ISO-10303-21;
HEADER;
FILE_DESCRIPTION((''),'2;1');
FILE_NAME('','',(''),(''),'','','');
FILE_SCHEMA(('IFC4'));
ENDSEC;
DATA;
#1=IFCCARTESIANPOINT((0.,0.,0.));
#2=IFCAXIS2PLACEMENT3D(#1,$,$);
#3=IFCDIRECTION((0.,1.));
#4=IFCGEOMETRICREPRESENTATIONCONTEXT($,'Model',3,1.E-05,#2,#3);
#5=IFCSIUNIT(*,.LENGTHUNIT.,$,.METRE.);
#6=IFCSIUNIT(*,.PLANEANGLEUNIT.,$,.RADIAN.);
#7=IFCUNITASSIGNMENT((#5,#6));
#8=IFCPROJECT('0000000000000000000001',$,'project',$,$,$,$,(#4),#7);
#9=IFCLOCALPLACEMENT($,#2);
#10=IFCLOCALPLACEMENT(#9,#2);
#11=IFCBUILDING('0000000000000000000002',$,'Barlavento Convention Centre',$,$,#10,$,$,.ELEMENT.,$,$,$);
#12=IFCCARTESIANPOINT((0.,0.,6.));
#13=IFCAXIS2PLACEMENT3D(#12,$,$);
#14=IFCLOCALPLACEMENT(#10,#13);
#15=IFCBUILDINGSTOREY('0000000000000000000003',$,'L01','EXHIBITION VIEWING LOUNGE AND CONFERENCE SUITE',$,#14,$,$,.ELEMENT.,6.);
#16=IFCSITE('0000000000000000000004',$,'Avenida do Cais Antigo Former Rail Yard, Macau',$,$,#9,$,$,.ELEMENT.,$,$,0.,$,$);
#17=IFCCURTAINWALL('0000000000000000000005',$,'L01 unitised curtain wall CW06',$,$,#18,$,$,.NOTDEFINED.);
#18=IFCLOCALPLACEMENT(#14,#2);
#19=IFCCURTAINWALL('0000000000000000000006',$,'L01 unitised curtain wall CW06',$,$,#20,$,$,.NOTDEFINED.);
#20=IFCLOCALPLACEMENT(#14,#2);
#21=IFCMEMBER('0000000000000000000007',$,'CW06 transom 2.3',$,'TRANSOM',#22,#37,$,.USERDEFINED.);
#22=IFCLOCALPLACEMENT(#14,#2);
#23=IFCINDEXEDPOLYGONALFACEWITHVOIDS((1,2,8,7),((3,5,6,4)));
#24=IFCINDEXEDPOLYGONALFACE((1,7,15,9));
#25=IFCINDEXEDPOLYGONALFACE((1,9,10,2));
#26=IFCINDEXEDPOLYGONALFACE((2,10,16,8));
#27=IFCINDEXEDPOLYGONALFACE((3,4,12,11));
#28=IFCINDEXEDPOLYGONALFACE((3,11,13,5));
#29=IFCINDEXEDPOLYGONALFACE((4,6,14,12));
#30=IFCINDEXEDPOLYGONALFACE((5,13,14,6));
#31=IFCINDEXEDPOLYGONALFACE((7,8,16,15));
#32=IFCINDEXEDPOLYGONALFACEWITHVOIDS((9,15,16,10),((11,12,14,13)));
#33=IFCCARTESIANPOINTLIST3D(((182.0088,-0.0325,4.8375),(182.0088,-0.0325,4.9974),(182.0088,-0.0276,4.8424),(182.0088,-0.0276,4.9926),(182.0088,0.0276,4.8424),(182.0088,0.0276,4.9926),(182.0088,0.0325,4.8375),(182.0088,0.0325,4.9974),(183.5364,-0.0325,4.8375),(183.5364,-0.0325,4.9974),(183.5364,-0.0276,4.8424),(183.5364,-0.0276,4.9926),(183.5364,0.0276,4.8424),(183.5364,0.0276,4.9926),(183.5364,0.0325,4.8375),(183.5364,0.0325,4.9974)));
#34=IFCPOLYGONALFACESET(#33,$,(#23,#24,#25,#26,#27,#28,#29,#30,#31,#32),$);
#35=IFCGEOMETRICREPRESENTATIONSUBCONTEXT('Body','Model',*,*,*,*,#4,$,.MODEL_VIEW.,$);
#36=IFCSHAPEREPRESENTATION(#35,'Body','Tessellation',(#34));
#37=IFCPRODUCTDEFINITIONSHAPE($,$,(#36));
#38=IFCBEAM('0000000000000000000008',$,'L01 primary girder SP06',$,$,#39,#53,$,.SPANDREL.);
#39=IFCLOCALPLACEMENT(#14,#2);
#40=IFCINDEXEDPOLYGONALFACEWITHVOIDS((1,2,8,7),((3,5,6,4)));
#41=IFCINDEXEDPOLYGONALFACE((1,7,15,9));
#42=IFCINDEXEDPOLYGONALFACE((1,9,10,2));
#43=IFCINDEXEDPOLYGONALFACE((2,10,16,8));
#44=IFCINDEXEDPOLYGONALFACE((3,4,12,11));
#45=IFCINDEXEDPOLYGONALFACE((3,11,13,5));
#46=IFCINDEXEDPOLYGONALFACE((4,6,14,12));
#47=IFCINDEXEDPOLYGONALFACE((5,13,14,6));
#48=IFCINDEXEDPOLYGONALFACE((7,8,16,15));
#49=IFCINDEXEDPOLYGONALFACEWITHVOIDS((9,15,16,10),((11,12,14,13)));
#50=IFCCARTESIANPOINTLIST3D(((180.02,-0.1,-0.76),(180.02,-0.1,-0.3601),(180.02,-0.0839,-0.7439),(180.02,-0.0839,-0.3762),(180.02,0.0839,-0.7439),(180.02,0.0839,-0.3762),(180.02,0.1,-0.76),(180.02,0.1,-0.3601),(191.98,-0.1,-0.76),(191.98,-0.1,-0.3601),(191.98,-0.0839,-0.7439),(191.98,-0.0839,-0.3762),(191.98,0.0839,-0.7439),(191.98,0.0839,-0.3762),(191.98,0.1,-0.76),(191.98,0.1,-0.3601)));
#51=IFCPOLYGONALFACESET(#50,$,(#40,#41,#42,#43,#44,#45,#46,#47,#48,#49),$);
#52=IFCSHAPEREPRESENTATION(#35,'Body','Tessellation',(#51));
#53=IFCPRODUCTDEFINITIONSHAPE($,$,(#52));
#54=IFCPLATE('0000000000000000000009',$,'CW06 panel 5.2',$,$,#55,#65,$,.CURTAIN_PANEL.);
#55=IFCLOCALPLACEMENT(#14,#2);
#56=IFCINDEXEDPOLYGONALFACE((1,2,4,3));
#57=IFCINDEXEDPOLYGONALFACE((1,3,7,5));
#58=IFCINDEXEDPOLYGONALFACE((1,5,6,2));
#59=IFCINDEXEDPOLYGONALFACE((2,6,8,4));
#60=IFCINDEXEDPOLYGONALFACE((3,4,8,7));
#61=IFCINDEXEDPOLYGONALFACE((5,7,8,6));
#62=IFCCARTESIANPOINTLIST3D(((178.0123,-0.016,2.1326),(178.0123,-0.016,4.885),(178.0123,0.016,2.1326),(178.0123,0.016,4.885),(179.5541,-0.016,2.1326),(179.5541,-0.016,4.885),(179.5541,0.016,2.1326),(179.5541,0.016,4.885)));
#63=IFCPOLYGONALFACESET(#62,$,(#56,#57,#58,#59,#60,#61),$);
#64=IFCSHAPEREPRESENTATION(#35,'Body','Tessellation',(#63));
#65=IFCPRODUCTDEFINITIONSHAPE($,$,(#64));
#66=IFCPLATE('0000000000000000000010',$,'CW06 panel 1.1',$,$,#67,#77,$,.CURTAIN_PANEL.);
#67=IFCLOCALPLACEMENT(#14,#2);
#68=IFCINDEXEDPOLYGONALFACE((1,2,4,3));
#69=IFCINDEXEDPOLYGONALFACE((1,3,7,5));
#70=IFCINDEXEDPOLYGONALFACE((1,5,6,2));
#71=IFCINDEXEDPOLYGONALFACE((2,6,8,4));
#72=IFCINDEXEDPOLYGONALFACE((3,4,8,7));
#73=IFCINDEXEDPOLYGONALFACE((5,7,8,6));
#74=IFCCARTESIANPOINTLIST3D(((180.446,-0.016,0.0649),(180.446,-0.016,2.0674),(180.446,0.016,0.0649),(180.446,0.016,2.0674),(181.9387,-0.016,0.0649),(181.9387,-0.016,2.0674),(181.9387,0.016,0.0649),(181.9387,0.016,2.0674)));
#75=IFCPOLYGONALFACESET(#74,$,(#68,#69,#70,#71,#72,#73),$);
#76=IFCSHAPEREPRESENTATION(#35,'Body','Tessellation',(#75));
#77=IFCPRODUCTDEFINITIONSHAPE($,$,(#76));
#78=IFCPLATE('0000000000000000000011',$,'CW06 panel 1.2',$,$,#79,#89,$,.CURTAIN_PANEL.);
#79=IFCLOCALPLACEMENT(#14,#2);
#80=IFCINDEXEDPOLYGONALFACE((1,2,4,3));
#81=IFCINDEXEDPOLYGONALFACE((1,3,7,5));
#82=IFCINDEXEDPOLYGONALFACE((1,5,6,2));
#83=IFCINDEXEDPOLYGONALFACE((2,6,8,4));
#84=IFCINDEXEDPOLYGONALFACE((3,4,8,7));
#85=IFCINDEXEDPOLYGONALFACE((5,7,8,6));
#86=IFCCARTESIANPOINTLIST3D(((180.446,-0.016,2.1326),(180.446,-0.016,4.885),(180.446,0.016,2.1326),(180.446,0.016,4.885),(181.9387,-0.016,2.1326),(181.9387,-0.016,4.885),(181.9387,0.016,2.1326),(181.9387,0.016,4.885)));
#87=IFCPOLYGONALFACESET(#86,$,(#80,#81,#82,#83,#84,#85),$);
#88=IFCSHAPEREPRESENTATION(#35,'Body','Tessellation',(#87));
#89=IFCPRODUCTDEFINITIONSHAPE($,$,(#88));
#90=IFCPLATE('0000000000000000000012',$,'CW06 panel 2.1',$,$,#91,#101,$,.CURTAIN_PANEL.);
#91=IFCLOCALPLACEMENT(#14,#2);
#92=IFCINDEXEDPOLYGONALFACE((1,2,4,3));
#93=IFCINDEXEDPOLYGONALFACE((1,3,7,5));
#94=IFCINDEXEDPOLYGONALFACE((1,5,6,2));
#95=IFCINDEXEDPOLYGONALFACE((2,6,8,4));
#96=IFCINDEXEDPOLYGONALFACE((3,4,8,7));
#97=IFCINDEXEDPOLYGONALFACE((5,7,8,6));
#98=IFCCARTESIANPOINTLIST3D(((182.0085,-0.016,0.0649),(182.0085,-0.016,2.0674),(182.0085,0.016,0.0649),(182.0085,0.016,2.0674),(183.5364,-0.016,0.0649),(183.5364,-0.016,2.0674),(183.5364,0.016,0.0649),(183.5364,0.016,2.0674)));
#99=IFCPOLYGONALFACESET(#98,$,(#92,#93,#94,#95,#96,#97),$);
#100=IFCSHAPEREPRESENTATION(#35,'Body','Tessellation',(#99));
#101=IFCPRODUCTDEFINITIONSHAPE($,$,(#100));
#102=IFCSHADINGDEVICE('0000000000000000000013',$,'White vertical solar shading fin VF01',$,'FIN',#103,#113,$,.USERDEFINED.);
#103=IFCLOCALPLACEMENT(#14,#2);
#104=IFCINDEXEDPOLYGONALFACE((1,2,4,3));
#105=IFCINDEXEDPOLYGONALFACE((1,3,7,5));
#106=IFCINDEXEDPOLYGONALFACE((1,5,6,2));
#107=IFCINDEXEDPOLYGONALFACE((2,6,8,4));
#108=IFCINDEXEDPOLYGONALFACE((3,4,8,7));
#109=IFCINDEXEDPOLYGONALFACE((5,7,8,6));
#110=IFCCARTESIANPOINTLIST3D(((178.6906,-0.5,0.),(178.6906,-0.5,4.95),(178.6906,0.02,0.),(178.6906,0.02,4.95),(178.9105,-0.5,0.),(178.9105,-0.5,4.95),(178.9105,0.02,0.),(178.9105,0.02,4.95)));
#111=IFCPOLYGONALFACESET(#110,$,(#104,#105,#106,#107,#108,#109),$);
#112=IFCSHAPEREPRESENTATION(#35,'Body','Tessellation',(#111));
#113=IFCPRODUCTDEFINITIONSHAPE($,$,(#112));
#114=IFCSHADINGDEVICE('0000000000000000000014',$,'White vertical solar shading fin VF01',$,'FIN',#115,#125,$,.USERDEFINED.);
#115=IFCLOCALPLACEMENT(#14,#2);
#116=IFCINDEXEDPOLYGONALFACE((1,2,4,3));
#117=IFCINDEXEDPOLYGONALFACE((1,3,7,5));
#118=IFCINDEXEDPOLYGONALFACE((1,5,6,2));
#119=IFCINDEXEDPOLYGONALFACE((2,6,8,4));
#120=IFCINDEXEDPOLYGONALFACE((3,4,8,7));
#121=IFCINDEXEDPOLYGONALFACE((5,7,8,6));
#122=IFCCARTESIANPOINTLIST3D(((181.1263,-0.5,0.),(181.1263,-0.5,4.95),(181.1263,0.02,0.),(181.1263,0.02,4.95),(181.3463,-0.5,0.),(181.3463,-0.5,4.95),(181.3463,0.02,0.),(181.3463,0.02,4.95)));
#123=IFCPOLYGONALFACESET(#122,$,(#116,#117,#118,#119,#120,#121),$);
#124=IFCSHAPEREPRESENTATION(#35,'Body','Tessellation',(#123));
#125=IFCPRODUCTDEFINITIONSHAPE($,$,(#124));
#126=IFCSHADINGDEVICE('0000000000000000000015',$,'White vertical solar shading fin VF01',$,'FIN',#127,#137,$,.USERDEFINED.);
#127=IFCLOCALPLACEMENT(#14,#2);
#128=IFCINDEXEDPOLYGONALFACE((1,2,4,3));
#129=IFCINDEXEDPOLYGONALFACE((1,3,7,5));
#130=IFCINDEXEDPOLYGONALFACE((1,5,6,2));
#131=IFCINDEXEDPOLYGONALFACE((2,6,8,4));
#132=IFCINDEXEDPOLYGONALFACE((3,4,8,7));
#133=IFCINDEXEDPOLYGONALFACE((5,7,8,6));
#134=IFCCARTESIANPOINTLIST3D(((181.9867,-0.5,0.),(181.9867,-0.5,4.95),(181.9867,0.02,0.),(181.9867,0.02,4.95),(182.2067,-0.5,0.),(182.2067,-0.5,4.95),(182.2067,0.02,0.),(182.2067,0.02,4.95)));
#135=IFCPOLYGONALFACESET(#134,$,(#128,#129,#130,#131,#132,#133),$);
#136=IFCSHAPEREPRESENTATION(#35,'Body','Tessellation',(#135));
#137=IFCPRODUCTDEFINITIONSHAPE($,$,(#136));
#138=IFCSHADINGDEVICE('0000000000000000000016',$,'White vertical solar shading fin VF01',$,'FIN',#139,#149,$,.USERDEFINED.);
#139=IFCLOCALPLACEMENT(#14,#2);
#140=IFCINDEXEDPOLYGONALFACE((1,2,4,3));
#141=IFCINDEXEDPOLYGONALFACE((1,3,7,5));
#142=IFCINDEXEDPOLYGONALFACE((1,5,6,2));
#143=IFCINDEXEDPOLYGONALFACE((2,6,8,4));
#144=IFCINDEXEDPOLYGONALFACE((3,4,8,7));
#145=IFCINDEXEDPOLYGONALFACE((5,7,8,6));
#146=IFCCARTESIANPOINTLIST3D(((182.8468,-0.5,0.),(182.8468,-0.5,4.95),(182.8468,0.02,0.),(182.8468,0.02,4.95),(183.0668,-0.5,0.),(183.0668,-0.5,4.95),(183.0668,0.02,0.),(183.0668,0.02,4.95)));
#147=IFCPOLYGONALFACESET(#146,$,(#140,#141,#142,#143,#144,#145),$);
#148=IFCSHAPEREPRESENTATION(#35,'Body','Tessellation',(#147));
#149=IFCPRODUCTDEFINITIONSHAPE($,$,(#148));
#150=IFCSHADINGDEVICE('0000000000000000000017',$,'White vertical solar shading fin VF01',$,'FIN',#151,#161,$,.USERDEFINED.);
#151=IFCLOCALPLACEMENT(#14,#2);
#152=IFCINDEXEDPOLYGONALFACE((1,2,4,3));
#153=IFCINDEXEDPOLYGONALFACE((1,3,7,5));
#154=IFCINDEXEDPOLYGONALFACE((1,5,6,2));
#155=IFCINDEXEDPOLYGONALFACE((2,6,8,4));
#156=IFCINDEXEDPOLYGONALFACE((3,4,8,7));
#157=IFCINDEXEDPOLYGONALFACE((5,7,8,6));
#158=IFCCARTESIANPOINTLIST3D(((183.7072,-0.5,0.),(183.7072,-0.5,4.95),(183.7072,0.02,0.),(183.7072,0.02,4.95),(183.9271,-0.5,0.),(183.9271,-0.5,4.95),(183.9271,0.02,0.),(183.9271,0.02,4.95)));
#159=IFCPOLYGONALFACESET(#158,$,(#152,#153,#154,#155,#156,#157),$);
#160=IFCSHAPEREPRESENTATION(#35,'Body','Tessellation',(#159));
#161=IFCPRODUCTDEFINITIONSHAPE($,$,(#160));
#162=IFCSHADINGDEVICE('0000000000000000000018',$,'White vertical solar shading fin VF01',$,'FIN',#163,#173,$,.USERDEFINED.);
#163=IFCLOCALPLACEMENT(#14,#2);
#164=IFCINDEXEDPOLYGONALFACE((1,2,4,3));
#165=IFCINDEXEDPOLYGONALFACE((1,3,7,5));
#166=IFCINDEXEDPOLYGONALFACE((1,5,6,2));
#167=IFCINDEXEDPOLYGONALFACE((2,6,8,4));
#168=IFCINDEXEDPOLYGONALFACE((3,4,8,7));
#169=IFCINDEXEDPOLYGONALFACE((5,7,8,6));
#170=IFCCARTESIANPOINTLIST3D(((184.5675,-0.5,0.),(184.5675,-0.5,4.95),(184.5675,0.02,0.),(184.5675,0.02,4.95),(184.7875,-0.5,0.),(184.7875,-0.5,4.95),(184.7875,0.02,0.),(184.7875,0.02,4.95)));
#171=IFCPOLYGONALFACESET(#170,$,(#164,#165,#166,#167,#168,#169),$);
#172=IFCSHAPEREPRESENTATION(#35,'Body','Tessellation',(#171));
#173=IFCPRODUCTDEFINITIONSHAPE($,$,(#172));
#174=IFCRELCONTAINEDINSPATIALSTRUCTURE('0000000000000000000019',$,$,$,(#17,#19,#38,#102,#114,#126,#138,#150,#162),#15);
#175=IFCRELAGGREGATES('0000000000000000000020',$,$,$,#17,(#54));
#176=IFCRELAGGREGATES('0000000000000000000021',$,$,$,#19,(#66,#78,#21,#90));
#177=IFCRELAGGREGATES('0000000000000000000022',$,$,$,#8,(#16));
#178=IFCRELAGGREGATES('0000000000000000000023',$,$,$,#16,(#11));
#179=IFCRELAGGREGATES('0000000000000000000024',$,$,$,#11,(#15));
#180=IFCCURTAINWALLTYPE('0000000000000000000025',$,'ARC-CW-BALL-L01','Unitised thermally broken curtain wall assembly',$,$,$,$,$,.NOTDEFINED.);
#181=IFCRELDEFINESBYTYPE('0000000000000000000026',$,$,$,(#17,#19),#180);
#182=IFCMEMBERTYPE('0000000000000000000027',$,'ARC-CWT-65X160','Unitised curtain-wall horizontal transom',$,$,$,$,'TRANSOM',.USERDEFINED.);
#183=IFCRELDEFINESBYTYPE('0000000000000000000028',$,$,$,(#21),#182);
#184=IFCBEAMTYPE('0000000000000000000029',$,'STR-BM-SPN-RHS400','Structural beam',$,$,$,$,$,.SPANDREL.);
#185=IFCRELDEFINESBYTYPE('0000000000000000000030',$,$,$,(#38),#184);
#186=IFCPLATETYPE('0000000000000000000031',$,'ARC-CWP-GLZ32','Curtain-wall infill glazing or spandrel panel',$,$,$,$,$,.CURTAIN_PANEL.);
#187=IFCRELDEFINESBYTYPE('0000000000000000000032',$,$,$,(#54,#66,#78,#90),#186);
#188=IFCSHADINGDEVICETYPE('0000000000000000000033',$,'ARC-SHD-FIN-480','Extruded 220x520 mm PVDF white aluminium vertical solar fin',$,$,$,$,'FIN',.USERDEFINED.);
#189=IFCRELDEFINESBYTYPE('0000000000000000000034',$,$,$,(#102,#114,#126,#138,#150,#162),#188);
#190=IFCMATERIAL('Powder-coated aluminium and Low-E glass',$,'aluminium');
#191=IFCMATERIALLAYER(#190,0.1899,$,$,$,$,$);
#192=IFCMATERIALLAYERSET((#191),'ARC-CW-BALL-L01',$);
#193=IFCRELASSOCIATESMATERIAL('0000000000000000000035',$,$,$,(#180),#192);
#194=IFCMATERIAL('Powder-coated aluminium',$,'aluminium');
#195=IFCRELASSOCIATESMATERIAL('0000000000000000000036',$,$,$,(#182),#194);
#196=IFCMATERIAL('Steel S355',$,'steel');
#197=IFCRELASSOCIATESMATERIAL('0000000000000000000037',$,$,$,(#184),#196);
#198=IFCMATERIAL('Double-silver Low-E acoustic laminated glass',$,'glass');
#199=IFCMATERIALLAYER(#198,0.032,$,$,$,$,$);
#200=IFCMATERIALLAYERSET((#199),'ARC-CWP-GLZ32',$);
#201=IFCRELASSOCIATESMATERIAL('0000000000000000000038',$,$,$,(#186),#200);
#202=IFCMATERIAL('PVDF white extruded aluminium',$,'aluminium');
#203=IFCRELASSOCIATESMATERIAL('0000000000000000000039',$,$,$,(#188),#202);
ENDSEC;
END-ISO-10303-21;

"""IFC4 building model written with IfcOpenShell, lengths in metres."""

from ifc_helpers import new_model, si_unit, direction, frame, origin, origin_2d, place, context, subcontext, project, spatial, rectangle, hollow_rectangle, extrude, material, layer, layer_set, material_profile, profile_set, type_object, element, aggregate, save


model = new_model("IFC4")

# Units and contexts
model_context = context("Model", 3, precision=1e-05, world=origin(), true_north=direction((0.0, 1.0)))
body_context = subcontext(model_context, "Body", "Model", "MODEL_VIEW")
ifc_project = project(units=[si_unit("LENGTHUNIT", "METRE"), si_unit("PLANEANGLEUNIT", "RADIAN")], contexts=[model_context])

# Site, building, storey
site_placement = place(None, origin())
site = spatial("IfcSite", under=ifc_project, at=site_placement, Name="Avenida do Cais Antigo Former Rail Yard, Macau", CompositionType="ELEMENT", RefElevation=0.0)
building_placement = place(site_placement, origin())
building = spatial("IfcBuilding", under=site, at=building_placement, Name="Barlavento Convention Centre", CompositionType="ELEMENT")
storey_placement = place(building_placement, frame((0.0, 0.0, 6.0)))
storey = spatial("IfcBuildingStorey", under=building, at=storey_placement, Name="L01", Description="EXHIBITION VIEWING LOUNGE AND CONFERENCE SUITE", CompositionType="ELEMENT", Elevation=6.0)

# Shared definitions
ifc_material_1 = material(Name="Steel S355", Category="steel")

# Curtain wall
ifc_material_2 = material(Name="Powder-coated aluminium and Low-E glass", Category="aluminium")
ifc_layer_1 = layer(ifc_material_2, 0.1899)
ifc_layer_set_1 = layer_set([ifc_layer_1], Name="ARC-CW-BALL-L01")
curtain_wall_type = type_object("IfcCurtainWallType", Name="ARC-CW-BALL-L01", Description="Unitised thermally broken curtain wall assembly", PredefinedType="NOTDEFINED", material=ifc_layer_set_1)
curtain_wall_1_placement = place(storey_placement, origin())
curtain_wall_1 = element("IfcCurtainWall", 1, at=curtain_wall_1_placement, inside=storey, type_object=curtain_wall_type, Name="L01 unitised curtain wall CW06", PredefinedType="NOTDEFINED")
ifc_material_3 = material(Name="Powder-coated aluminium", Category="aluminium")

# Curtain wall, member
curtain_wall_2_placement = place(storey_placement, origin())
curtain_wall_2 = element("IfcCurtainWall", 2, at=curtain_wall_2_placement, inside=storey, type_object=curtain_wall_type, Name="L01 unitised curtain wall CW06", PredefinedType="NOTDEFINED")
ifc_material_profile_1 = material_profile(ifc_material_3, hollow_rectangle(XDim=0.0649, YDim=0.1599, WallThickness=0.0049, at=origin_2d()), Name="AL-TRAN 65x160x5")
ifc_profile_set_1 = profile_set([ifc_material_profile_1], Name="Powder-coated aluminium")
member_type_1 = type_object("IfcMemberType", Name="ARC-CWT-65X160", Description="Unitised curtain-wall horizontal transom", ElementType="TRANSOM", PredefinedType="USERDEFINED", material=ifc_profile_set_1)
member_1_placement = place(storey_placement, frame((182.0088, 0.0, 4.9175), z_axis=(1.0, 0.0, 0.0), x_axis=(0.0, 1.0, 0.0)))
member_1 = element("IfcMember", 3, at=member_1_placement, type_object=member_type_1, Name="CW06 transom 2.3", ObjectType="TRANSOM", PredefinedType="USERDEFINED", context=body_context, shape_type="SweptSolid", body=[
    extrude(hollow_rectangle(XDim=0.0649, YDim=0.1599, WallThickness=0.0049, at=origin_2d()), origin(), (0.0, 0.0, 1.0), 1.5276),
])

# Beam
ifc_material_profile_2 = material_profile(ifc_material_1, hollow_rectangle(XDim=0.2, YDim=0.3999, WallThickness=0.0161, at=origin_2d()), Name="RHS 400x200x16.0")
ifc_profile_set_2 = profile_set([ifc_material_profile_2], Name="Steel S355")
beam_type = type_object("IfcBeamType", Name="STR-BM-SPN-RHS400", Description="Structural beam", PredefinedType="SPANDREL", material=ifc_profile_set_2)
beam_placement = place(storey_placement, frame((180.02, 0.0, -0.5601), z_axis=(1.0, 0.0, 0.0), x_axis=(0.0, 1.0, 0.0)))
element("IfcBeam", 4, at=beam_placement, inside=storey, type_object=beam_type, Name="L01 primary girder SP06", PredefinedType="SPANDREL", context=body_context, shape_type="SweptSolid", body=[
    extrude(hollow_rectangle(XDim=0.2, YDim=0.3999, WallThickness=0.0161, at=origin_2d()), origin(), (0.0, 0.0, 1.0), 11.96),
])

# Plates
ifc_material_4 = material(Name="Double-silver Low-E acoustic laminated glass", Category="glass")
ifc_layer_2 = layer(ifc_material_4, 0.032)
ifc_layer_set_2 = layer_set([ifc_layer_2], Name="ARC-CWP-GLZ32")
plate_type = type_object("IfcPlateType", Name="ARC-CWP-GLZ32", Description="Curtain-wall infill glazing or spandrel panel", PredefinedType="CURTAIN_PANEL", material=ifc_layer_set_2)
plate_1_placement = place(storey_placement, frame((178.7832, 0.0, 2.1326), z_axis=(0.0, 0.0, 1.0), x_axis=(1.0, 0.0, 0.0)))
plate_1 = element("IfcPlate", 5, at=plate_1_placement, type_object=plate_type, Name="CW06 panel 5.2", PredefinedType="CURTAIN_PANEL", context=body_context, shape_type="SweptSolid", body=[
    extrude(rectangle(XDim=1.5417, YDim=0.032, at=origin_2d()), origin(), (0.0, 0.0, 1.0), 2.7524),
])
aggregate(curtain_wall_1, [plate_1])
plate_2_placement = place(storey_placement, frame((181.1924, 0.0, 0.0649), z_axis=(0.0, 0.0, 1.0), x_axis=(1.0, 0.0, 0.0)))
plate_2 = element("IfcPlate", 6, at=plate_2_placement, type_object=plate_type, Name="CW06 panel 1.1", PredefinedType="CURTAIN_PANEL", context=body_context, shape_type="SweptSolid", body=[
    extrude(rectangle(XDim=1.4927, YDim=0.032, at=origin_2d()), origin(), (0.0, 0.0, 1.0), 2.0024),
])
plate_3_placement = place(storey_placement, frame((181.1924, 0.0, 2.1326), z_axis=(0.0, 0.0, 1.0), x_axis=(1.0, 0.0, 0.0)))
plate_3 = element("IfcPlate", 7, at=plate_3_placement, type_object=plate_type, Name="CW06 panel 1.2", PredefinedType="CURTAIN_PANEL", context=body_context, shape_type="SweptSolid", body=[
    extrude(rectangle(XDim=1.4927, YDim=0.032, at=origin_2d()), origin(), (0.0, 0.0, 1.0), 2.7524),
])
plate_4_placement = place(storey_placement, frame((182.7725, 0.0, 0.0649), z_axis=(0.0, 0.0, 1.0), x_axis=(1.0, 0.0, 0.0)))
plate_4 = element("IfcPlate", 8, at=plate_4_placement, type_object=plate_type, Name="CW06 panel 2.1", PredefinedType="CURTAIN_PANEL", context=body_context, shape_type="SweptSolid", body=[
    extrude(rectangle(XDim=1.5278, YDim=0.032, at=origin_2d()), origin(), (0.0, 0.0, 1.0), 2.0024),
])
aggregate(curtain_wall_2, [plate_2, plate_3, member_1, plate_4])

# Shading devices
ifc_material_5 = material(Name="PVDF white extruded aluminium", Category="aluminium")
shading_device_type = type_object("IfcShadingDeviceType", Name="ARC-SHD-FIN-480", Description="Extruded 220x520 mm PVDF white aluminium vertical solar fin", ElementType="FIN", PredefinedType="USERDEFINED", material=ifc_material_5)
for number, where, z_axis, x_axis, name in (
    (9, (178.8005, -0.24, 0.0), (0.0, 0.0, 1.0), (1.0, 0.0, 0.0), "White vertical solar shading fin VF01"),
    (10, (181.2363, -0.24, 0.0), (0.0, 0.0, 1.0), (1.0, 0.0, 0.0), "White vertical solar shading fin VF01"),
    (11, (182.0967, -0.24, 0.0), (0.0, 0.0, 1.0), (1.0, 0.0, 0.0), "White vertical solar shading fin VF01"),
    (12, (182.9568, -0.24, 0.0), (0.0, 0.0, 1.0), (1.0, 0.0, 0.0), "White vertical solar shading fin VF01"),
    (13, (183.8171, -0.24, 0.0), (0.0, 0.0, 1.0), (1.0, 0.0, 0.0), "White vertical solar shading fin VF01"),
    (14, (184.6775, -0.24, 0.0), (0.0, 0.0, 1.0), (1.0, 0.0, 0.0), "White vertical solar shading fin VF01"),
):
    element("IfcShadingDevice", number, at=place(storey_placement, frame(where, z_axis=z_axis, x_axis=x_axis)), inside=storey, type_object=shading_device_type, Name=name, ObjectType="FIN", PredefinedType="USERDEFINED", context=body_context, shape_type="SweptSolid", body=[
        extrude(rectangle(XDim=0.22, YDim=0.52, at=origin_2d()), origin(), (0.0, 0.0, 1.0), 4.95),
    ])

save(model, "model.ifc")
